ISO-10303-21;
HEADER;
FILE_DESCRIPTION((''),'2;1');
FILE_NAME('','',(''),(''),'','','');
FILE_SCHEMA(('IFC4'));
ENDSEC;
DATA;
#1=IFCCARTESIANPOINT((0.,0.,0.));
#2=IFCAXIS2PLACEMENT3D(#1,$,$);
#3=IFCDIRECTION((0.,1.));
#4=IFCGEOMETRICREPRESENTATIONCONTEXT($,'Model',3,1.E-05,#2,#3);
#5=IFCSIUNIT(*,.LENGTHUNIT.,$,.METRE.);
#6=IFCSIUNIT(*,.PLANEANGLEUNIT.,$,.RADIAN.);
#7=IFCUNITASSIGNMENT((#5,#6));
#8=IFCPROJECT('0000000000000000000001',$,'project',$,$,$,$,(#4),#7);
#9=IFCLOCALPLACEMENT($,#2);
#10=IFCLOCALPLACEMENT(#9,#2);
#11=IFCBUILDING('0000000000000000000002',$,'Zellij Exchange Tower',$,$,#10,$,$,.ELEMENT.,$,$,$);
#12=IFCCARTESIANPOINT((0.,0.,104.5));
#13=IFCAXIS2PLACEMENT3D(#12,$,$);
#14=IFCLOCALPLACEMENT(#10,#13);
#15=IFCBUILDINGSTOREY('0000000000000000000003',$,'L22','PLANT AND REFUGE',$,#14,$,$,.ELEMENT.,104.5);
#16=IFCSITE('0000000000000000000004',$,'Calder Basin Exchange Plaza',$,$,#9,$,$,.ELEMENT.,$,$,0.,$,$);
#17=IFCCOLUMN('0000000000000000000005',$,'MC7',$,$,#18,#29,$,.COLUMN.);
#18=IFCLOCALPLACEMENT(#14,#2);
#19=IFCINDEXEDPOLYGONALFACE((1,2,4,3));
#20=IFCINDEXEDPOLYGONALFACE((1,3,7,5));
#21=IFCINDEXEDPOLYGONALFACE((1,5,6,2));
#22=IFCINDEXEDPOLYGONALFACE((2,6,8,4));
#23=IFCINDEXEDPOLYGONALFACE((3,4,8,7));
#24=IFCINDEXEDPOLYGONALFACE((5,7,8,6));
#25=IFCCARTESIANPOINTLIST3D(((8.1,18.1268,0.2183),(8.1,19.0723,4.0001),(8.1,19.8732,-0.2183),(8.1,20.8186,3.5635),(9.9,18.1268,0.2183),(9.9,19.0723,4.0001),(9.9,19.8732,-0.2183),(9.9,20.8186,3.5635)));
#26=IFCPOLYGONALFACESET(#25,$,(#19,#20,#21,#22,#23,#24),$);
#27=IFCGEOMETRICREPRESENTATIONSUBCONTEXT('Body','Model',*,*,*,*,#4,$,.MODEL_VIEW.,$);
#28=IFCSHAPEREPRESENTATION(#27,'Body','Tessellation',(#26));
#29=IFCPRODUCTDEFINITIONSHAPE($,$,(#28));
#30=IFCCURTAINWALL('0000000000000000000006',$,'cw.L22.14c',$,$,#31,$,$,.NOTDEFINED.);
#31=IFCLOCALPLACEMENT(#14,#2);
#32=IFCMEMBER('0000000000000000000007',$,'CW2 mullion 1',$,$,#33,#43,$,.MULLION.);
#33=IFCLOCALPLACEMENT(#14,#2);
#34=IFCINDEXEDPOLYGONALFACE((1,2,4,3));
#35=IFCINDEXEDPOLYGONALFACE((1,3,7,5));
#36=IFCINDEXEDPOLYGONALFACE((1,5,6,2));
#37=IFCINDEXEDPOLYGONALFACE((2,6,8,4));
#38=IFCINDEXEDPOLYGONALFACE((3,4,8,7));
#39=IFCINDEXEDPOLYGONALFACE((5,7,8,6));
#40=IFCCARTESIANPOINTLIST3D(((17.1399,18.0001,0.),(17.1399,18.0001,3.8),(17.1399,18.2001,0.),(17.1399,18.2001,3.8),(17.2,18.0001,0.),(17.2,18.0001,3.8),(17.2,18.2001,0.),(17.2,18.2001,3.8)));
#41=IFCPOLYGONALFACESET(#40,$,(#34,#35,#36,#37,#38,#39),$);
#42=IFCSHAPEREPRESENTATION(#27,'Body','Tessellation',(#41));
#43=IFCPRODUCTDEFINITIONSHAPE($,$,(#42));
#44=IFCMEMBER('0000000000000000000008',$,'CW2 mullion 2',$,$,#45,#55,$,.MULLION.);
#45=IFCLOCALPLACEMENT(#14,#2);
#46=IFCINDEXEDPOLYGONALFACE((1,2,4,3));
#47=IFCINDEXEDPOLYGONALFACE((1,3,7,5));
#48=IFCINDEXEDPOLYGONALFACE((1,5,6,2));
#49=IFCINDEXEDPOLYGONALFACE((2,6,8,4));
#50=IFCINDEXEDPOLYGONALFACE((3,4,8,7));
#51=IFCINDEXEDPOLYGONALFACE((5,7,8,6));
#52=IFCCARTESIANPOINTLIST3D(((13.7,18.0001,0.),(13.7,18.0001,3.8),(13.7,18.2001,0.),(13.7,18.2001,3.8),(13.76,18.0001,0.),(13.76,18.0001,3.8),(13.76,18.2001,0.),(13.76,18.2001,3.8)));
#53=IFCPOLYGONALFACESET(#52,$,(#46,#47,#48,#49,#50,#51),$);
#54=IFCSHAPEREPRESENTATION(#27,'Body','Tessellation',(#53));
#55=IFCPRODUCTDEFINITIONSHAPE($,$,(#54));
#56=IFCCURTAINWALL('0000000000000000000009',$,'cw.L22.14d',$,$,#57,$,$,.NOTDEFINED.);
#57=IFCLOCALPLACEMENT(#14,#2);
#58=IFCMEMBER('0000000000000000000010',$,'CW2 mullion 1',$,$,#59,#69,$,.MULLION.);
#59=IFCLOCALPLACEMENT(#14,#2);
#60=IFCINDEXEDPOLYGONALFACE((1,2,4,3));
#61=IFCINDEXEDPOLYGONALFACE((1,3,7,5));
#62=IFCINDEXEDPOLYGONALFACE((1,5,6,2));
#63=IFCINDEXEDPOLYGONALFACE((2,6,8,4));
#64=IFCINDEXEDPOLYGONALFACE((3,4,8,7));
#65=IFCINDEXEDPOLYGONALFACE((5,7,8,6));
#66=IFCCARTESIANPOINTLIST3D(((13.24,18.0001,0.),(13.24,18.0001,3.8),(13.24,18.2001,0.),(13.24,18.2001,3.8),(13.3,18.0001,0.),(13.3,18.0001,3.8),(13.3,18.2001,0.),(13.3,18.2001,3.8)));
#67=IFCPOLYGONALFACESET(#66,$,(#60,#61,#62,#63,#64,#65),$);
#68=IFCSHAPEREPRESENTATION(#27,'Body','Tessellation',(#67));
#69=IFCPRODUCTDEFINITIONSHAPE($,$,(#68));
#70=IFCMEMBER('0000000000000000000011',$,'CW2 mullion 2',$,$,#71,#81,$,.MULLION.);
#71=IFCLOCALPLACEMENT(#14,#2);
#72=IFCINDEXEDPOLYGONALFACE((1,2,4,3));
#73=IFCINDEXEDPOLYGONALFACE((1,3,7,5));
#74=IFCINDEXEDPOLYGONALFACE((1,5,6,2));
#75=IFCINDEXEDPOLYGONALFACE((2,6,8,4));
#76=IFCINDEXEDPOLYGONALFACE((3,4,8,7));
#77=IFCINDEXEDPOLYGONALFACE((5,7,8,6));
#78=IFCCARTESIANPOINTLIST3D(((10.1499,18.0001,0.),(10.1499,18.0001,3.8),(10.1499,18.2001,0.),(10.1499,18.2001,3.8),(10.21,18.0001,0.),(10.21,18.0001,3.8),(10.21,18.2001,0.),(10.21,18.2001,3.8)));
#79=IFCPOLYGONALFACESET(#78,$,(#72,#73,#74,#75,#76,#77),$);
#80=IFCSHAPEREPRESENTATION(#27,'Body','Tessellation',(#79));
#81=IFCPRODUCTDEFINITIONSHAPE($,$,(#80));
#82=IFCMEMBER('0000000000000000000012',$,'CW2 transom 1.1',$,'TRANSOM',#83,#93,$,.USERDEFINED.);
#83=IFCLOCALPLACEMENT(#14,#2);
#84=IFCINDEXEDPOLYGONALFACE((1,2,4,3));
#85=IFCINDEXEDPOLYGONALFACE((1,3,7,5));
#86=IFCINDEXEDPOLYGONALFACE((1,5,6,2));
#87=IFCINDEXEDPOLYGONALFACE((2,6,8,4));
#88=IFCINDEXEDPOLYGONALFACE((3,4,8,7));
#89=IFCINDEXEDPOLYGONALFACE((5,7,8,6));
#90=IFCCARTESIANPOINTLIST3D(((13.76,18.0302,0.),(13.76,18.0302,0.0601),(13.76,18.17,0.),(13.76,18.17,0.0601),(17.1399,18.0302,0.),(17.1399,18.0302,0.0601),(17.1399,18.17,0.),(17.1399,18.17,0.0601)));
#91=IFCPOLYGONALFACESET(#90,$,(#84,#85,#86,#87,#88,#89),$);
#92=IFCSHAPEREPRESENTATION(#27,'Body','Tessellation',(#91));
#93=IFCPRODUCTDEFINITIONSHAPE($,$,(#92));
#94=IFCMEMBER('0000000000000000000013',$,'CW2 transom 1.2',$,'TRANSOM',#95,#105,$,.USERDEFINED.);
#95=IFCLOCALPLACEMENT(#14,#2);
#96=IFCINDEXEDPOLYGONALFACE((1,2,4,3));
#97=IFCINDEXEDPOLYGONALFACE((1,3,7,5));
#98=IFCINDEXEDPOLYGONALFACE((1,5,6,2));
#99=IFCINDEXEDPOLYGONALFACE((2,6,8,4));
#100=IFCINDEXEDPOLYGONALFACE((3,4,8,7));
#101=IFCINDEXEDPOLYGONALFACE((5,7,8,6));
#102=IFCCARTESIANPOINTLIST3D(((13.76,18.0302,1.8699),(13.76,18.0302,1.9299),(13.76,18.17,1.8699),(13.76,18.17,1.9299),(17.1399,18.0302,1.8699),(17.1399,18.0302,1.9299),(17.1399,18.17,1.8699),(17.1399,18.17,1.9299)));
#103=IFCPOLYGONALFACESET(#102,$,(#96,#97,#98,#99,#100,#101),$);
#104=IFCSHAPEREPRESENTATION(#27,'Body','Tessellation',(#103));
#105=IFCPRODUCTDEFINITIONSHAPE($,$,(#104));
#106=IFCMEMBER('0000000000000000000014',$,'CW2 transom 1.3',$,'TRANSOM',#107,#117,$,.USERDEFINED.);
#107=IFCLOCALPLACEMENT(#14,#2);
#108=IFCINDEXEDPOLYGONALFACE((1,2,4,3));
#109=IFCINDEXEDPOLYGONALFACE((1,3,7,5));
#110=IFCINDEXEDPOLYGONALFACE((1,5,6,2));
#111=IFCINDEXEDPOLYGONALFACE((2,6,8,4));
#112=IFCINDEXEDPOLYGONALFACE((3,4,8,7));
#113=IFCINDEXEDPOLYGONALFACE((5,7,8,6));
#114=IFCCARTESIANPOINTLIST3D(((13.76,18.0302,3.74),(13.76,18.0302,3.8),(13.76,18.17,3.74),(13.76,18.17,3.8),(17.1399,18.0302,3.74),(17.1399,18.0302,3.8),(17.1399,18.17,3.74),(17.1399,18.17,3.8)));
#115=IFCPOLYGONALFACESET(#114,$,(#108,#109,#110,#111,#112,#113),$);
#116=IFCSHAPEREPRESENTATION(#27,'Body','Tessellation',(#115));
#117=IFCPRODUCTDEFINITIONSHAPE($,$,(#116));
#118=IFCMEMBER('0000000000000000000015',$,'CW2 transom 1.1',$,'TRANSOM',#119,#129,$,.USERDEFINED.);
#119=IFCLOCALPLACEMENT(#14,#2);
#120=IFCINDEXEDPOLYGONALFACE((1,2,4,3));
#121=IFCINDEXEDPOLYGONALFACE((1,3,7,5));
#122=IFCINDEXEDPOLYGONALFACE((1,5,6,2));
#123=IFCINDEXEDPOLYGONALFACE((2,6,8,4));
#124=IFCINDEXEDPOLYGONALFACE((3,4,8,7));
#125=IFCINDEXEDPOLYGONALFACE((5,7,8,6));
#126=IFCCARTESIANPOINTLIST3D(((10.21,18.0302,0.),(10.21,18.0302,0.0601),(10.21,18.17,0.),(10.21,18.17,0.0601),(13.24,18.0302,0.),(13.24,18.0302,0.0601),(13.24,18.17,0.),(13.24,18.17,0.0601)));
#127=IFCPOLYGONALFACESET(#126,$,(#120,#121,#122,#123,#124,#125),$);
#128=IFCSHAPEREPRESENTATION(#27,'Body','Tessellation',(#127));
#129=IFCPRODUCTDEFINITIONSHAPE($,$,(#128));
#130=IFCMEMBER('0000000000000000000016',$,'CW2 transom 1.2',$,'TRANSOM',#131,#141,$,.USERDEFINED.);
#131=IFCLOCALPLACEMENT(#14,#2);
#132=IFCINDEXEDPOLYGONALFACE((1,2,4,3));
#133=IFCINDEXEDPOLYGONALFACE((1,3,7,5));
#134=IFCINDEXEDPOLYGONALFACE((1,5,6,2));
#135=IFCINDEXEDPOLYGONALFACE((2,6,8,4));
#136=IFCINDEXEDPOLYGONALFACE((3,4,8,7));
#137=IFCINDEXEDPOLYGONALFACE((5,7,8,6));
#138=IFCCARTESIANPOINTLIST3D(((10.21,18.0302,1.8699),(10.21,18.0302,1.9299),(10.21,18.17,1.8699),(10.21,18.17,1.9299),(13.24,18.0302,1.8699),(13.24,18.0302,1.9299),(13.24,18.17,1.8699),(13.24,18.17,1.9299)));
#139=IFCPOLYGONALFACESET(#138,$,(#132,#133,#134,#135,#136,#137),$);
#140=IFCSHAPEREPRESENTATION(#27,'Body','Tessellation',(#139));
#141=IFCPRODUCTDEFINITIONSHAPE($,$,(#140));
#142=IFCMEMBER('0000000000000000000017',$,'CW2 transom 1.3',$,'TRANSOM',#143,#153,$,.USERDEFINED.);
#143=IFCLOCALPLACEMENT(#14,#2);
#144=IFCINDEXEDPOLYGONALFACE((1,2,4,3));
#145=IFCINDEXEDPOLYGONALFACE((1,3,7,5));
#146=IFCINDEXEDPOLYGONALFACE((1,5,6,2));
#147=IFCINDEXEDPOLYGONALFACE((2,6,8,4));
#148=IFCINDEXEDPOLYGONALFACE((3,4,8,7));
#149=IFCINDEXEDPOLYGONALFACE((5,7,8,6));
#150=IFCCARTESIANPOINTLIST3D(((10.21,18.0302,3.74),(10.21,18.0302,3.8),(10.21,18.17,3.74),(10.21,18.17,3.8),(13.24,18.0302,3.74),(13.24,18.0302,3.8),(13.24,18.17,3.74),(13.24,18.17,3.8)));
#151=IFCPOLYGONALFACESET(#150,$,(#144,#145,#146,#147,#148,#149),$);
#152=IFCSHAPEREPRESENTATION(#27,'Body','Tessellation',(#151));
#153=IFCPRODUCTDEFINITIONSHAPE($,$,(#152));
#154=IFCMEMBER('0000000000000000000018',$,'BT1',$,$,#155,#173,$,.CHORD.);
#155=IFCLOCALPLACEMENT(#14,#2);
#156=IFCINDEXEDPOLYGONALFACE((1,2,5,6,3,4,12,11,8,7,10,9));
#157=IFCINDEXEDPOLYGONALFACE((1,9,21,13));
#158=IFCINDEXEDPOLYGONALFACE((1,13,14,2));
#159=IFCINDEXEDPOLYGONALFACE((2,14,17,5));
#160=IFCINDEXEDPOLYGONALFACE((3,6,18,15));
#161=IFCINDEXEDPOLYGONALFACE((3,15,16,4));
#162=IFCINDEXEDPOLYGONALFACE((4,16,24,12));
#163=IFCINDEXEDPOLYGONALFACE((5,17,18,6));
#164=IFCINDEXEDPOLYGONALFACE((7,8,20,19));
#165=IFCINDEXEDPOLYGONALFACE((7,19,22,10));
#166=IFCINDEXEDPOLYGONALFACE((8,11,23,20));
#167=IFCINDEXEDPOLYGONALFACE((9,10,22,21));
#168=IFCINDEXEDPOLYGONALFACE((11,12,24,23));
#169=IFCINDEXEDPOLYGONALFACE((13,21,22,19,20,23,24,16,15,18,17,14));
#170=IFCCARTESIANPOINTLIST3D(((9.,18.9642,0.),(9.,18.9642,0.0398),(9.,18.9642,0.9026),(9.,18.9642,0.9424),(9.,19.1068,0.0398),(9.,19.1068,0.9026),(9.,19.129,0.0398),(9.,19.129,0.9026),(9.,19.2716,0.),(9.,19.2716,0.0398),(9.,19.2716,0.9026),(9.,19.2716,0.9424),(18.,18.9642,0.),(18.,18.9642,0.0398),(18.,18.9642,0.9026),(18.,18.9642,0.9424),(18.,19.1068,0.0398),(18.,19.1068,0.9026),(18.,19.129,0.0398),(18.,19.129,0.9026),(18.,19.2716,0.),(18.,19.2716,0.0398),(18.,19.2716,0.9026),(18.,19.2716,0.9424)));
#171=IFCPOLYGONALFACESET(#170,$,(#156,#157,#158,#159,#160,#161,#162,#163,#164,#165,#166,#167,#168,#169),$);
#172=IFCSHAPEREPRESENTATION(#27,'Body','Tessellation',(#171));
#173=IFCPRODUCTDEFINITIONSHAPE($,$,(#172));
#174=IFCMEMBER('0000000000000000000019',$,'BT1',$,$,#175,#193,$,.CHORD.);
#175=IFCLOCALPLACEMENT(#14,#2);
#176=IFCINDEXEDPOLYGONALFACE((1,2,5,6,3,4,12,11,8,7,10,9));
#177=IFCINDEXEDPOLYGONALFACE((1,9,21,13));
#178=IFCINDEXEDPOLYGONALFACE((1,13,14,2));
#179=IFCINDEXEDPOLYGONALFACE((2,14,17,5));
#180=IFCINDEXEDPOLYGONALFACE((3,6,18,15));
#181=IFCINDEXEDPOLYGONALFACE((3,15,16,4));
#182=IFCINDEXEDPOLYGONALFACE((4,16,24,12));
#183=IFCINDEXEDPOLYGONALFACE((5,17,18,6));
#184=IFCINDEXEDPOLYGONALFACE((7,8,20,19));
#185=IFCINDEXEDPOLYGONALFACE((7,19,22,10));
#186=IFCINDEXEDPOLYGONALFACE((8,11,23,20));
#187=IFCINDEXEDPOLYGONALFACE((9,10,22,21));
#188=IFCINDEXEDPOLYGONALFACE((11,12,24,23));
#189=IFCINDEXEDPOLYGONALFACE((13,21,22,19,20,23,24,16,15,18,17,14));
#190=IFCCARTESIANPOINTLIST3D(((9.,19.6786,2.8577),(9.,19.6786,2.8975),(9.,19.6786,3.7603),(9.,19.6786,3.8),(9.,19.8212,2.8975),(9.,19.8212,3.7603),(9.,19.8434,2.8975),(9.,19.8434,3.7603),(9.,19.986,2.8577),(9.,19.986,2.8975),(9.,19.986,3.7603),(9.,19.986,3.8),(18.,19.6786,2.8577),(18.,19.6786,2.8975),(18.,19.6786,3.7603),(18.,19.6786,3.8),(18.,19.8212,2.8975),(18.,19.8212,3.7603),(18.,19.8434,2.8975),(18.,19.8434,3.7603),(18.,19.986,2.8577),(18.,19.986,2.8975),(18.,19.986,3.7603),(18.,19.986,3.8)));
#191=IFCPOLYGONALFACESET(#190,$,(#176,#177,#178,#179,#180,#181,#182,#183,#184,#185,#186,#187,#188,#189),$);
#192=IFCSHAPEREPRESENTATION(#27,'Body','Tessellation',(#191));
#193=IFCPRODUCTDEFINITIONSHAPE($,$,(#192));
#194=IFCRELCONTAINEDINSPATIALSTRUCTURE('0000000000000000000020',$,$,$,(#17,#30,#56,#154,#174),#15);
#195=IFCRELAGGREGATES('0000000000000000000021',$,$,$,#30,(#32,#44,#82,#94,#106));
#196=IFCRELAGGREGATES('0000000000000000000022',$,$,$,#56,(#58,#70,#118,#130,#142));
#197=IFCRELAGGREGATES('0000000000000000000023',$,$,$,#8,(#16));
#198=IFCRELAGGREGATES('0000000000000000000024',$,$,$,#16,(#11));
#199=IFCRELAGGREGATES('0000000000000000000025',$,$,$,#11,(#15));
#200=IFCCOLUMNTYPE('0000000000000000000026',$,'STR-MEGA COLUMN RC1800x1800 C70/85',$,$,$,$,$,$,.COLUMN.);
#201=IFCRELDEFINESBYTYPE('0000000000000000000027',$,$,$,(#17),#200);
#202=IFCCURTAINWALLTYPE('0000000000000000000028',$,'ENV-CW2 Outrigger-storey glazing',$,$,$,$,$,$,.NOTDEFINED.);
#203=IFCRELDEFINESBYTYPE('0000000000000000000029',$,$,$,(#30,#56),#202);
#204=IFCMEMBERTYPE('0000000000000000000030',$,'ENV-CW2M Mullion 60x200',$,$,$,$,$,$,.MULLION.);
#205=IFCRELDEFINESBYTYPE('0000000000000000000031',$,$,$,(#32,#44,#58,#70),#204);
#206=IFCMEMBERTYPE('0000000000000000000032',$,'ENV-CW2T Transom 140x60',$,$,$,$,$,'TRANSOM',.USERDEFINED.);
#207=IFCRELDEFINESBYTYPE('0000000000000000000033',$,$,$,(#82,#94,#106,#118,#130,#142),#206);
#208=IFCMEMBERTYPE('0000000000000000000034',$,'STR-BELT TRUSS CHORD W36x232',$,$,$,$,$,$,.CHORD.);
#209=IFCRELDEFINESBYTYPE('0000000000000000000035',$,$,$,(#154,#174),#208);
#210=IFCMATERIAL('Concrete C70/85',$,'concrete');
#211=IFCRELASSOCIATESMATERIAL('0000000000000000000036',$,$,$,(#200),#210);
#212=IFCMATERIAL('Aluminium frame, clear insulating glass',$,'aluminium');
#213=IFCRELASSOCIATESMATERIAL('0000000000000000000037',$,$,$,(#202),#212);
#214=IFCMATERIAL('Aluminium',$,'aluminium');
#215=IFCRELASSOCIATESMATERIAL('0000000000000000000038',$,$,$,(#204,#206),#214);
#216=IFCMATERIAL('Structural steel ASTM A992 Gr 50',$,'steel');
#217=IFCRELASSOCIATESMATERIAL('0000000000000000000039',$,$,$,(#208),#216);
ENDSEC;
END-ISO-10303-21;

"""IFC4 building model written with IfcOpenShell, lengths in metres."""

from ifc_helpers import new_model, si_unit, direction, frame, origin, origin_2d, place, context, subcontext, project, spatial, rectangle, i_section, extrude, clip, halfspace, material, material_profile, profile_set, type_object, element, aggregate, save


model = new_model("IFC4")

# Units and contexts
model_context = context("Model", 3, precision=1e-05, world=origin(), true_north=direction((0.0, 1.0)))
body_context = subcontext(model_context, "Body", "Model", "MODEL_VIEW")
ifc_project = project(units=[si_unit("LENGTHUNIT", "METRE"), si_unit("PLANEANGLEUNIT", "RADIAN")], contexts=[model_context])

# Site, building, storey
site_placement = place(None, origin())
site = spatial("IfcSite", under=ifc_project, at=site_placement, Name="Calder Basin Exchange Plaza", CompositionType="ELEMENT", RefElevation=0.0)
building_placement = place(site_placement, origin())
building = spatial("IfcBuilding", under=site, at=building_placement, Name="Zellij Exchange Tower", CompositionType="ELEMENT")
storey_placement = place(building_placement, frame((0.0, 0.0, 104.5)))
storey = spatial("IfcBuildingStorey", under=building, at=storey_placement, Name="L22", Description="PLANT AND REFUGE", CompositionType="ELEMENT", Elevation=104.5)

# Column
ifc_material_1 = material(Name="Concrete C70/85", Category="concrete")
ifc_material_profile_1 = material_profile(ifc_material_1, rectangle(XDim=1.8, YDim=1.8, at=origin_2d()), Name="STR-MEGA COLUMN RC1800x1800 C70/85")
ifc_profile_set_1 = profile_set([ifc_material_profile_1], Name="Concrete C70/85")
column_type = type_object("IfcColumnType", Name="STR-MEGA COLUMN RC1800x1800 C70/85", PredefinedType="COLUMN", material=ifc_profile_set_1)
column_placement = place(storey_placement, frame((9.0, 19.0, 0.0), z_axis=(0.0, 0.242536, 0.970143), x_axis=(-1.0, 0.0, 0.0)))
element("IfcColumn", 1, at=column_placement, inside=storey, type_object=column_type, Name="MC7", PredefinedType="COLUMN", context=body_context, shape_type="Clipping", body=[
    clip(extrude(rectangle(XDim=1.8, YDim=1.8, at=origin_2d()), origin(), (0.0, 0.0, 1.0), 4.123), halfspace(frame((0.0, 0.0, 3.8982)), False)),
])

# Curtain walls, members
ifc_material_2 = material(Name="Aluminium frame, clear insulating glass", Category="aluminium")
curtain_wall_type = type_object("IfcCurtainWallType", Name="ENV-CW2 Outrigger-storey glazing", PredefinedType="NOTDEFINED", material=ifc_material_2)
curtain_wall_1_placement = place(storey_placement, origin())
curtain_wall_1 = element("IfcCurtainWall", 2, at=curtain_wall_1_placement, inside=storey, type_object=curtain_wall_type, Name="cw.L22.14c", PredefinedType="NOTDEFINED")
ifc_material_3 = material(Name="Aluminium", Category="aluminium")
ifc_material_profile_2 = material_profile(ifc_material_3, rectangle(XDim=0.0601, YDim=0.2, at=origin_2d()), Name="AL 60x200")
ifc_profile_set_2 = profile_set([ifc_material_profile_2], Name="Aluminium")
member_type_1 = type_object("IfcMemberType", Name="ENV-CW2M Mullion 60x200", PredefinedType="MULLION", material=ifc_profile_set_2)
member_1_placement = place(storey_placement, frame((17.1699, 18.1001, 0.0), z_axis=(0.0, 0.0, 1.0), x_axis=(-1.0, 0.0, 0.0)))
member_1 = element("IfcMember", 3, at=member_1_placement, type_object=member_type_1, Name="CW2 mullion 1", PredefinedType="MULLION", context=body_context, shape_type="SweptSolid", body=[
    extrude(rectangle(XDim=0.0601, YDim=0.2, at=origin_2d()), origin(), (0.0, 0.0, 1.0), 3.8),
])
member_2_placement = place(storey_placement, frame((13.73, 18.1001, 0.0), z_axis=(0.0, 0.0, 1.0), x_axis=(-1.0, 0.0, 0.0)))
member_2 = element("IfcMember", 4, at=member_2_placement, type_object=member_type_1, Name="CW2 mullion 2", PredefinedType="MULLION", context=body_context, shape_type="SweptSolid", body=[
    extrude(rectangle(XDim=0.0601, YDim=0.2, at=origin_2d()), origin(), (0.0, 0.0, 1.0), 3.8),
])
curtain_wall_2_placement = place(storey_placement, origin())
curtain_wall_2 = element("IfcCurtainWall", 5, at=curtain_wall_2_placement, inside=storey, type_object=curtain_wall_type, Name="cw.L22.14d", PredefinedType="NOTDEFINED")
member_3_placement = place(storey_placement, frame((13.27, 18.1001, 0.0), z_axis=(0.0, 0.0, 1.0), x_axis=(-1.0, 0.0, 0.0)))
member_3 = element("IfcMember", 6, at=member_3_placement, type_object=member_type_1, Name="CW2 mullion 1", PredefinedType="MULLION", context=body_context, shape_type="SweptSolid", body=[
    extrude(rectangle(XDim=0.0601, YDim=0.2, at=origin_2d()), origin(), (0.0, 0.0, 1.0), 3.8),
])
member_4_placement = place(storey_placement, frame((10.1799, 18.1001, 0.0), z_axis=(0.0, 0.0, 1.0), x_axis=(-1.0, 0.0, 0.0)))
member_4 = element("IfcMember", 7, at=member_4_placement, type_object=member_type_1, Name="CW2 mullion 2", PredefinedType="MULLION", context=body_context, shape_type="SweptSolid", body=[
    extrude(rectangle(XDim=0.0601, YDim=0.2, at=origin_2d()), origin(), (0.0, 0.0, 1.0), 3.8),
])

# Members
ifc_material_profile_3 = material_profile(ifc_material_3, rectangle(XDim=0.1399, YDim=0.0601, at=origin_2d()), Name="AL 140x60")
ifc_profile_set_3 = profile_set([ifc_material_profile_3], Name="Aluminium")
member_type_2 = type_object("IfcMemberType", Name="ENV-CW2T Transom 140x60", ElementType="TRANSOM", PredefinedType="USERDEFINED", material=ifc_profile_set_3)
member_5_placement = place(storey_placement, frame((17.1399, 18.1001, 0.03), z_axis=(-1.0, 0.0, 0.0), x_axis=(0.0, -1.0, 0.0)))
member_5 = element("IfcMember", 8, at=member_5_placement, type_object=member_type_2, Name="CW2 transom 1.1", ObjectType="TRANSOM", PredefinedType="USERDEFINED", context=body_context, shape_type="SweptSolid", body=[
    extrude(rectangle(XDim=0.1399, YDim=0.0601, at=origin_2d()), origin(), (0.0, 0.0, 1.0), 3.3799),
])
member_6_placement = place(storey_placement, frame((17.1399, 18.1001, 1.8999), z_axis=(-1.0, 0.0, 0.0), x_axis=(0.0, -1.0, 0.0)))
member_6 = element("IfcMember", 9, at=member_6_placement, type_object=member_type_2, Name="CW2 transom 1.2", ObjectType="TRANSOM", PredefinedType="USERDEFINED", context=body_context, shape_type="SweptSolid", body=[
    extrude(rectangle(XDim=0.1399, YDim=0.0601, at=origin_2d()), origin(), (0.0, 0.0, 1.0), 3.3799),
])
member_7_placement = place(storey_placement, frame((17.1399, 18.1001, 3.77), z_axis=(-1.0, 0.0, 0.0), x_axis=(0.0, -1.0, 0.0)))
member_7 = element("IfcMember", 10, at=member_7_placement, type_object=member_type_2, Name="CW2 transom 1.3", ObjectType="TRANSOM", PredefinedType="USERDEFINED", context=body_context, shape_type="SweptSolid", body=[
    extrude(rectangle(XDim=0.1399, YDim=0.0601, at=origin_2d()), origin(), (0.0, 0.0, 1.0), 3.3799),
])
member_8_placement = place(storey_placement, frame((13.24, 18.1001, 0.03), z_axis=(-1.0, 0.0, 0.0), x_axis=(0.0, -1.0, 0.0)))
member_8 = element("IfcMember", 11, at=member_8_placement, type_object=member_type_2, Name="CW2 transom 1.1", ObjectType="TRANSOM", PredefinedType="USERDEFINED", context=body_context, shape_type="SweptSolid", body=[
    extrude(rectangle(XDim=0.1399, YDim=0.0601, at=origin_2d()), origin(), (0.0, 0.0, 1.0), 3.03),
])
member_9_placement = place(storey_placement, frame((13.24, 18.1001, 1.8999), z_axis=(-1.0, 0.0, 0.0), x_axis=(0.0, -1.0, 0.0)))
member_9 = element("IfcMember", 12, at=member_9_placement, type_object=member_type_2, Name="CW2 transom 1.2", ObjectType="TRANSOM", PredefinedType="USERDEFINED", context=body_context, shape_type="SweptSolid", body=[
    extrude(rectangle(XDim=0.1399, YDim=0.0601, at=origin_2d()), origin(), (0.0, 0.0, 1.0), 3.03),
])
member_10_placement = place(storey_placement, frame((13.24, 18.1001, 3.77), z_axis=(-1.0, 0.0, 0.0), x_axis=(0.0, -1.0, 0.0)))
member_10 = element("IfcMember", 13, at=member_10_placement, type_object=member_type_2, Name="CW2 transom 1.3", ObjectType="TRANSOM", PredefinedType="USERDEFINED", context=body_context, shape_type="SweptSolid", body=[
    extrude(rectangle(XDim=0.1399, YDim=0.0601, at=origin_2d()), origin(), (0.0, 0.0, 1.0), 3.03),
])

# Members
ifc_material_4 = material(Name="Structural steel ASTM A992 Gr 50", Category="steel")
ifc_material_profile_4 = material_profile(ifc_material_4, i_section(OverallWidth=0.3074, OverallDepth=0.9424, WebThickness=0.0222, FlangeThickness=0.0398, at=origin_2d()), Name="W36x232")
ifc_profile_set_4 = profile_set([ifc_material_profile_4], Name="Structural steel ASTM A992 Gr 50")
member_type_3 = type_object("IfcMemberType", Name="STR-BELT TRUSS CHORD W36x232", PredefinedType="CHORD", material=ifc_profile_set_4)
for number, where, z_axis, x_axis, name in (
    (14, (9.0, 19.1179, 0.4712), (1.0, 0.0, 0.0), (0.0, 1.0, 0.0), "BT1"),
    (15, (9.0, 19.8323, 3.3289), (1.0, 0.0, 0.0), (0.0, 1.0, 0.0), "BT1"),
):
    element("IfcMember", number, at=place(storey_placement, frame(where, z_axis=z_axis, x_axis=x_axis)), inside=storey, type_object=member_type_3, Name=name, PredefinedType="CHORD", context=body_context, shape_type="SweptSolid", body=[
        extrude(i_section(OverallWidth=0.3074, OverallDepth=0.9424, WebThickness=0.0222, FlangeThickness=0.0398, at=origin_2d()), origin(), (0.0, 0.0, 1.0), 9.0),
    ])

aggregate(curtain_wall_1, [member_1, member_2, member_5, member_6, member_7])
aggregate(curtain_wall_2, [member_3, member_4, member_8, member_9, member_10])

save(model, "model.ifc")
